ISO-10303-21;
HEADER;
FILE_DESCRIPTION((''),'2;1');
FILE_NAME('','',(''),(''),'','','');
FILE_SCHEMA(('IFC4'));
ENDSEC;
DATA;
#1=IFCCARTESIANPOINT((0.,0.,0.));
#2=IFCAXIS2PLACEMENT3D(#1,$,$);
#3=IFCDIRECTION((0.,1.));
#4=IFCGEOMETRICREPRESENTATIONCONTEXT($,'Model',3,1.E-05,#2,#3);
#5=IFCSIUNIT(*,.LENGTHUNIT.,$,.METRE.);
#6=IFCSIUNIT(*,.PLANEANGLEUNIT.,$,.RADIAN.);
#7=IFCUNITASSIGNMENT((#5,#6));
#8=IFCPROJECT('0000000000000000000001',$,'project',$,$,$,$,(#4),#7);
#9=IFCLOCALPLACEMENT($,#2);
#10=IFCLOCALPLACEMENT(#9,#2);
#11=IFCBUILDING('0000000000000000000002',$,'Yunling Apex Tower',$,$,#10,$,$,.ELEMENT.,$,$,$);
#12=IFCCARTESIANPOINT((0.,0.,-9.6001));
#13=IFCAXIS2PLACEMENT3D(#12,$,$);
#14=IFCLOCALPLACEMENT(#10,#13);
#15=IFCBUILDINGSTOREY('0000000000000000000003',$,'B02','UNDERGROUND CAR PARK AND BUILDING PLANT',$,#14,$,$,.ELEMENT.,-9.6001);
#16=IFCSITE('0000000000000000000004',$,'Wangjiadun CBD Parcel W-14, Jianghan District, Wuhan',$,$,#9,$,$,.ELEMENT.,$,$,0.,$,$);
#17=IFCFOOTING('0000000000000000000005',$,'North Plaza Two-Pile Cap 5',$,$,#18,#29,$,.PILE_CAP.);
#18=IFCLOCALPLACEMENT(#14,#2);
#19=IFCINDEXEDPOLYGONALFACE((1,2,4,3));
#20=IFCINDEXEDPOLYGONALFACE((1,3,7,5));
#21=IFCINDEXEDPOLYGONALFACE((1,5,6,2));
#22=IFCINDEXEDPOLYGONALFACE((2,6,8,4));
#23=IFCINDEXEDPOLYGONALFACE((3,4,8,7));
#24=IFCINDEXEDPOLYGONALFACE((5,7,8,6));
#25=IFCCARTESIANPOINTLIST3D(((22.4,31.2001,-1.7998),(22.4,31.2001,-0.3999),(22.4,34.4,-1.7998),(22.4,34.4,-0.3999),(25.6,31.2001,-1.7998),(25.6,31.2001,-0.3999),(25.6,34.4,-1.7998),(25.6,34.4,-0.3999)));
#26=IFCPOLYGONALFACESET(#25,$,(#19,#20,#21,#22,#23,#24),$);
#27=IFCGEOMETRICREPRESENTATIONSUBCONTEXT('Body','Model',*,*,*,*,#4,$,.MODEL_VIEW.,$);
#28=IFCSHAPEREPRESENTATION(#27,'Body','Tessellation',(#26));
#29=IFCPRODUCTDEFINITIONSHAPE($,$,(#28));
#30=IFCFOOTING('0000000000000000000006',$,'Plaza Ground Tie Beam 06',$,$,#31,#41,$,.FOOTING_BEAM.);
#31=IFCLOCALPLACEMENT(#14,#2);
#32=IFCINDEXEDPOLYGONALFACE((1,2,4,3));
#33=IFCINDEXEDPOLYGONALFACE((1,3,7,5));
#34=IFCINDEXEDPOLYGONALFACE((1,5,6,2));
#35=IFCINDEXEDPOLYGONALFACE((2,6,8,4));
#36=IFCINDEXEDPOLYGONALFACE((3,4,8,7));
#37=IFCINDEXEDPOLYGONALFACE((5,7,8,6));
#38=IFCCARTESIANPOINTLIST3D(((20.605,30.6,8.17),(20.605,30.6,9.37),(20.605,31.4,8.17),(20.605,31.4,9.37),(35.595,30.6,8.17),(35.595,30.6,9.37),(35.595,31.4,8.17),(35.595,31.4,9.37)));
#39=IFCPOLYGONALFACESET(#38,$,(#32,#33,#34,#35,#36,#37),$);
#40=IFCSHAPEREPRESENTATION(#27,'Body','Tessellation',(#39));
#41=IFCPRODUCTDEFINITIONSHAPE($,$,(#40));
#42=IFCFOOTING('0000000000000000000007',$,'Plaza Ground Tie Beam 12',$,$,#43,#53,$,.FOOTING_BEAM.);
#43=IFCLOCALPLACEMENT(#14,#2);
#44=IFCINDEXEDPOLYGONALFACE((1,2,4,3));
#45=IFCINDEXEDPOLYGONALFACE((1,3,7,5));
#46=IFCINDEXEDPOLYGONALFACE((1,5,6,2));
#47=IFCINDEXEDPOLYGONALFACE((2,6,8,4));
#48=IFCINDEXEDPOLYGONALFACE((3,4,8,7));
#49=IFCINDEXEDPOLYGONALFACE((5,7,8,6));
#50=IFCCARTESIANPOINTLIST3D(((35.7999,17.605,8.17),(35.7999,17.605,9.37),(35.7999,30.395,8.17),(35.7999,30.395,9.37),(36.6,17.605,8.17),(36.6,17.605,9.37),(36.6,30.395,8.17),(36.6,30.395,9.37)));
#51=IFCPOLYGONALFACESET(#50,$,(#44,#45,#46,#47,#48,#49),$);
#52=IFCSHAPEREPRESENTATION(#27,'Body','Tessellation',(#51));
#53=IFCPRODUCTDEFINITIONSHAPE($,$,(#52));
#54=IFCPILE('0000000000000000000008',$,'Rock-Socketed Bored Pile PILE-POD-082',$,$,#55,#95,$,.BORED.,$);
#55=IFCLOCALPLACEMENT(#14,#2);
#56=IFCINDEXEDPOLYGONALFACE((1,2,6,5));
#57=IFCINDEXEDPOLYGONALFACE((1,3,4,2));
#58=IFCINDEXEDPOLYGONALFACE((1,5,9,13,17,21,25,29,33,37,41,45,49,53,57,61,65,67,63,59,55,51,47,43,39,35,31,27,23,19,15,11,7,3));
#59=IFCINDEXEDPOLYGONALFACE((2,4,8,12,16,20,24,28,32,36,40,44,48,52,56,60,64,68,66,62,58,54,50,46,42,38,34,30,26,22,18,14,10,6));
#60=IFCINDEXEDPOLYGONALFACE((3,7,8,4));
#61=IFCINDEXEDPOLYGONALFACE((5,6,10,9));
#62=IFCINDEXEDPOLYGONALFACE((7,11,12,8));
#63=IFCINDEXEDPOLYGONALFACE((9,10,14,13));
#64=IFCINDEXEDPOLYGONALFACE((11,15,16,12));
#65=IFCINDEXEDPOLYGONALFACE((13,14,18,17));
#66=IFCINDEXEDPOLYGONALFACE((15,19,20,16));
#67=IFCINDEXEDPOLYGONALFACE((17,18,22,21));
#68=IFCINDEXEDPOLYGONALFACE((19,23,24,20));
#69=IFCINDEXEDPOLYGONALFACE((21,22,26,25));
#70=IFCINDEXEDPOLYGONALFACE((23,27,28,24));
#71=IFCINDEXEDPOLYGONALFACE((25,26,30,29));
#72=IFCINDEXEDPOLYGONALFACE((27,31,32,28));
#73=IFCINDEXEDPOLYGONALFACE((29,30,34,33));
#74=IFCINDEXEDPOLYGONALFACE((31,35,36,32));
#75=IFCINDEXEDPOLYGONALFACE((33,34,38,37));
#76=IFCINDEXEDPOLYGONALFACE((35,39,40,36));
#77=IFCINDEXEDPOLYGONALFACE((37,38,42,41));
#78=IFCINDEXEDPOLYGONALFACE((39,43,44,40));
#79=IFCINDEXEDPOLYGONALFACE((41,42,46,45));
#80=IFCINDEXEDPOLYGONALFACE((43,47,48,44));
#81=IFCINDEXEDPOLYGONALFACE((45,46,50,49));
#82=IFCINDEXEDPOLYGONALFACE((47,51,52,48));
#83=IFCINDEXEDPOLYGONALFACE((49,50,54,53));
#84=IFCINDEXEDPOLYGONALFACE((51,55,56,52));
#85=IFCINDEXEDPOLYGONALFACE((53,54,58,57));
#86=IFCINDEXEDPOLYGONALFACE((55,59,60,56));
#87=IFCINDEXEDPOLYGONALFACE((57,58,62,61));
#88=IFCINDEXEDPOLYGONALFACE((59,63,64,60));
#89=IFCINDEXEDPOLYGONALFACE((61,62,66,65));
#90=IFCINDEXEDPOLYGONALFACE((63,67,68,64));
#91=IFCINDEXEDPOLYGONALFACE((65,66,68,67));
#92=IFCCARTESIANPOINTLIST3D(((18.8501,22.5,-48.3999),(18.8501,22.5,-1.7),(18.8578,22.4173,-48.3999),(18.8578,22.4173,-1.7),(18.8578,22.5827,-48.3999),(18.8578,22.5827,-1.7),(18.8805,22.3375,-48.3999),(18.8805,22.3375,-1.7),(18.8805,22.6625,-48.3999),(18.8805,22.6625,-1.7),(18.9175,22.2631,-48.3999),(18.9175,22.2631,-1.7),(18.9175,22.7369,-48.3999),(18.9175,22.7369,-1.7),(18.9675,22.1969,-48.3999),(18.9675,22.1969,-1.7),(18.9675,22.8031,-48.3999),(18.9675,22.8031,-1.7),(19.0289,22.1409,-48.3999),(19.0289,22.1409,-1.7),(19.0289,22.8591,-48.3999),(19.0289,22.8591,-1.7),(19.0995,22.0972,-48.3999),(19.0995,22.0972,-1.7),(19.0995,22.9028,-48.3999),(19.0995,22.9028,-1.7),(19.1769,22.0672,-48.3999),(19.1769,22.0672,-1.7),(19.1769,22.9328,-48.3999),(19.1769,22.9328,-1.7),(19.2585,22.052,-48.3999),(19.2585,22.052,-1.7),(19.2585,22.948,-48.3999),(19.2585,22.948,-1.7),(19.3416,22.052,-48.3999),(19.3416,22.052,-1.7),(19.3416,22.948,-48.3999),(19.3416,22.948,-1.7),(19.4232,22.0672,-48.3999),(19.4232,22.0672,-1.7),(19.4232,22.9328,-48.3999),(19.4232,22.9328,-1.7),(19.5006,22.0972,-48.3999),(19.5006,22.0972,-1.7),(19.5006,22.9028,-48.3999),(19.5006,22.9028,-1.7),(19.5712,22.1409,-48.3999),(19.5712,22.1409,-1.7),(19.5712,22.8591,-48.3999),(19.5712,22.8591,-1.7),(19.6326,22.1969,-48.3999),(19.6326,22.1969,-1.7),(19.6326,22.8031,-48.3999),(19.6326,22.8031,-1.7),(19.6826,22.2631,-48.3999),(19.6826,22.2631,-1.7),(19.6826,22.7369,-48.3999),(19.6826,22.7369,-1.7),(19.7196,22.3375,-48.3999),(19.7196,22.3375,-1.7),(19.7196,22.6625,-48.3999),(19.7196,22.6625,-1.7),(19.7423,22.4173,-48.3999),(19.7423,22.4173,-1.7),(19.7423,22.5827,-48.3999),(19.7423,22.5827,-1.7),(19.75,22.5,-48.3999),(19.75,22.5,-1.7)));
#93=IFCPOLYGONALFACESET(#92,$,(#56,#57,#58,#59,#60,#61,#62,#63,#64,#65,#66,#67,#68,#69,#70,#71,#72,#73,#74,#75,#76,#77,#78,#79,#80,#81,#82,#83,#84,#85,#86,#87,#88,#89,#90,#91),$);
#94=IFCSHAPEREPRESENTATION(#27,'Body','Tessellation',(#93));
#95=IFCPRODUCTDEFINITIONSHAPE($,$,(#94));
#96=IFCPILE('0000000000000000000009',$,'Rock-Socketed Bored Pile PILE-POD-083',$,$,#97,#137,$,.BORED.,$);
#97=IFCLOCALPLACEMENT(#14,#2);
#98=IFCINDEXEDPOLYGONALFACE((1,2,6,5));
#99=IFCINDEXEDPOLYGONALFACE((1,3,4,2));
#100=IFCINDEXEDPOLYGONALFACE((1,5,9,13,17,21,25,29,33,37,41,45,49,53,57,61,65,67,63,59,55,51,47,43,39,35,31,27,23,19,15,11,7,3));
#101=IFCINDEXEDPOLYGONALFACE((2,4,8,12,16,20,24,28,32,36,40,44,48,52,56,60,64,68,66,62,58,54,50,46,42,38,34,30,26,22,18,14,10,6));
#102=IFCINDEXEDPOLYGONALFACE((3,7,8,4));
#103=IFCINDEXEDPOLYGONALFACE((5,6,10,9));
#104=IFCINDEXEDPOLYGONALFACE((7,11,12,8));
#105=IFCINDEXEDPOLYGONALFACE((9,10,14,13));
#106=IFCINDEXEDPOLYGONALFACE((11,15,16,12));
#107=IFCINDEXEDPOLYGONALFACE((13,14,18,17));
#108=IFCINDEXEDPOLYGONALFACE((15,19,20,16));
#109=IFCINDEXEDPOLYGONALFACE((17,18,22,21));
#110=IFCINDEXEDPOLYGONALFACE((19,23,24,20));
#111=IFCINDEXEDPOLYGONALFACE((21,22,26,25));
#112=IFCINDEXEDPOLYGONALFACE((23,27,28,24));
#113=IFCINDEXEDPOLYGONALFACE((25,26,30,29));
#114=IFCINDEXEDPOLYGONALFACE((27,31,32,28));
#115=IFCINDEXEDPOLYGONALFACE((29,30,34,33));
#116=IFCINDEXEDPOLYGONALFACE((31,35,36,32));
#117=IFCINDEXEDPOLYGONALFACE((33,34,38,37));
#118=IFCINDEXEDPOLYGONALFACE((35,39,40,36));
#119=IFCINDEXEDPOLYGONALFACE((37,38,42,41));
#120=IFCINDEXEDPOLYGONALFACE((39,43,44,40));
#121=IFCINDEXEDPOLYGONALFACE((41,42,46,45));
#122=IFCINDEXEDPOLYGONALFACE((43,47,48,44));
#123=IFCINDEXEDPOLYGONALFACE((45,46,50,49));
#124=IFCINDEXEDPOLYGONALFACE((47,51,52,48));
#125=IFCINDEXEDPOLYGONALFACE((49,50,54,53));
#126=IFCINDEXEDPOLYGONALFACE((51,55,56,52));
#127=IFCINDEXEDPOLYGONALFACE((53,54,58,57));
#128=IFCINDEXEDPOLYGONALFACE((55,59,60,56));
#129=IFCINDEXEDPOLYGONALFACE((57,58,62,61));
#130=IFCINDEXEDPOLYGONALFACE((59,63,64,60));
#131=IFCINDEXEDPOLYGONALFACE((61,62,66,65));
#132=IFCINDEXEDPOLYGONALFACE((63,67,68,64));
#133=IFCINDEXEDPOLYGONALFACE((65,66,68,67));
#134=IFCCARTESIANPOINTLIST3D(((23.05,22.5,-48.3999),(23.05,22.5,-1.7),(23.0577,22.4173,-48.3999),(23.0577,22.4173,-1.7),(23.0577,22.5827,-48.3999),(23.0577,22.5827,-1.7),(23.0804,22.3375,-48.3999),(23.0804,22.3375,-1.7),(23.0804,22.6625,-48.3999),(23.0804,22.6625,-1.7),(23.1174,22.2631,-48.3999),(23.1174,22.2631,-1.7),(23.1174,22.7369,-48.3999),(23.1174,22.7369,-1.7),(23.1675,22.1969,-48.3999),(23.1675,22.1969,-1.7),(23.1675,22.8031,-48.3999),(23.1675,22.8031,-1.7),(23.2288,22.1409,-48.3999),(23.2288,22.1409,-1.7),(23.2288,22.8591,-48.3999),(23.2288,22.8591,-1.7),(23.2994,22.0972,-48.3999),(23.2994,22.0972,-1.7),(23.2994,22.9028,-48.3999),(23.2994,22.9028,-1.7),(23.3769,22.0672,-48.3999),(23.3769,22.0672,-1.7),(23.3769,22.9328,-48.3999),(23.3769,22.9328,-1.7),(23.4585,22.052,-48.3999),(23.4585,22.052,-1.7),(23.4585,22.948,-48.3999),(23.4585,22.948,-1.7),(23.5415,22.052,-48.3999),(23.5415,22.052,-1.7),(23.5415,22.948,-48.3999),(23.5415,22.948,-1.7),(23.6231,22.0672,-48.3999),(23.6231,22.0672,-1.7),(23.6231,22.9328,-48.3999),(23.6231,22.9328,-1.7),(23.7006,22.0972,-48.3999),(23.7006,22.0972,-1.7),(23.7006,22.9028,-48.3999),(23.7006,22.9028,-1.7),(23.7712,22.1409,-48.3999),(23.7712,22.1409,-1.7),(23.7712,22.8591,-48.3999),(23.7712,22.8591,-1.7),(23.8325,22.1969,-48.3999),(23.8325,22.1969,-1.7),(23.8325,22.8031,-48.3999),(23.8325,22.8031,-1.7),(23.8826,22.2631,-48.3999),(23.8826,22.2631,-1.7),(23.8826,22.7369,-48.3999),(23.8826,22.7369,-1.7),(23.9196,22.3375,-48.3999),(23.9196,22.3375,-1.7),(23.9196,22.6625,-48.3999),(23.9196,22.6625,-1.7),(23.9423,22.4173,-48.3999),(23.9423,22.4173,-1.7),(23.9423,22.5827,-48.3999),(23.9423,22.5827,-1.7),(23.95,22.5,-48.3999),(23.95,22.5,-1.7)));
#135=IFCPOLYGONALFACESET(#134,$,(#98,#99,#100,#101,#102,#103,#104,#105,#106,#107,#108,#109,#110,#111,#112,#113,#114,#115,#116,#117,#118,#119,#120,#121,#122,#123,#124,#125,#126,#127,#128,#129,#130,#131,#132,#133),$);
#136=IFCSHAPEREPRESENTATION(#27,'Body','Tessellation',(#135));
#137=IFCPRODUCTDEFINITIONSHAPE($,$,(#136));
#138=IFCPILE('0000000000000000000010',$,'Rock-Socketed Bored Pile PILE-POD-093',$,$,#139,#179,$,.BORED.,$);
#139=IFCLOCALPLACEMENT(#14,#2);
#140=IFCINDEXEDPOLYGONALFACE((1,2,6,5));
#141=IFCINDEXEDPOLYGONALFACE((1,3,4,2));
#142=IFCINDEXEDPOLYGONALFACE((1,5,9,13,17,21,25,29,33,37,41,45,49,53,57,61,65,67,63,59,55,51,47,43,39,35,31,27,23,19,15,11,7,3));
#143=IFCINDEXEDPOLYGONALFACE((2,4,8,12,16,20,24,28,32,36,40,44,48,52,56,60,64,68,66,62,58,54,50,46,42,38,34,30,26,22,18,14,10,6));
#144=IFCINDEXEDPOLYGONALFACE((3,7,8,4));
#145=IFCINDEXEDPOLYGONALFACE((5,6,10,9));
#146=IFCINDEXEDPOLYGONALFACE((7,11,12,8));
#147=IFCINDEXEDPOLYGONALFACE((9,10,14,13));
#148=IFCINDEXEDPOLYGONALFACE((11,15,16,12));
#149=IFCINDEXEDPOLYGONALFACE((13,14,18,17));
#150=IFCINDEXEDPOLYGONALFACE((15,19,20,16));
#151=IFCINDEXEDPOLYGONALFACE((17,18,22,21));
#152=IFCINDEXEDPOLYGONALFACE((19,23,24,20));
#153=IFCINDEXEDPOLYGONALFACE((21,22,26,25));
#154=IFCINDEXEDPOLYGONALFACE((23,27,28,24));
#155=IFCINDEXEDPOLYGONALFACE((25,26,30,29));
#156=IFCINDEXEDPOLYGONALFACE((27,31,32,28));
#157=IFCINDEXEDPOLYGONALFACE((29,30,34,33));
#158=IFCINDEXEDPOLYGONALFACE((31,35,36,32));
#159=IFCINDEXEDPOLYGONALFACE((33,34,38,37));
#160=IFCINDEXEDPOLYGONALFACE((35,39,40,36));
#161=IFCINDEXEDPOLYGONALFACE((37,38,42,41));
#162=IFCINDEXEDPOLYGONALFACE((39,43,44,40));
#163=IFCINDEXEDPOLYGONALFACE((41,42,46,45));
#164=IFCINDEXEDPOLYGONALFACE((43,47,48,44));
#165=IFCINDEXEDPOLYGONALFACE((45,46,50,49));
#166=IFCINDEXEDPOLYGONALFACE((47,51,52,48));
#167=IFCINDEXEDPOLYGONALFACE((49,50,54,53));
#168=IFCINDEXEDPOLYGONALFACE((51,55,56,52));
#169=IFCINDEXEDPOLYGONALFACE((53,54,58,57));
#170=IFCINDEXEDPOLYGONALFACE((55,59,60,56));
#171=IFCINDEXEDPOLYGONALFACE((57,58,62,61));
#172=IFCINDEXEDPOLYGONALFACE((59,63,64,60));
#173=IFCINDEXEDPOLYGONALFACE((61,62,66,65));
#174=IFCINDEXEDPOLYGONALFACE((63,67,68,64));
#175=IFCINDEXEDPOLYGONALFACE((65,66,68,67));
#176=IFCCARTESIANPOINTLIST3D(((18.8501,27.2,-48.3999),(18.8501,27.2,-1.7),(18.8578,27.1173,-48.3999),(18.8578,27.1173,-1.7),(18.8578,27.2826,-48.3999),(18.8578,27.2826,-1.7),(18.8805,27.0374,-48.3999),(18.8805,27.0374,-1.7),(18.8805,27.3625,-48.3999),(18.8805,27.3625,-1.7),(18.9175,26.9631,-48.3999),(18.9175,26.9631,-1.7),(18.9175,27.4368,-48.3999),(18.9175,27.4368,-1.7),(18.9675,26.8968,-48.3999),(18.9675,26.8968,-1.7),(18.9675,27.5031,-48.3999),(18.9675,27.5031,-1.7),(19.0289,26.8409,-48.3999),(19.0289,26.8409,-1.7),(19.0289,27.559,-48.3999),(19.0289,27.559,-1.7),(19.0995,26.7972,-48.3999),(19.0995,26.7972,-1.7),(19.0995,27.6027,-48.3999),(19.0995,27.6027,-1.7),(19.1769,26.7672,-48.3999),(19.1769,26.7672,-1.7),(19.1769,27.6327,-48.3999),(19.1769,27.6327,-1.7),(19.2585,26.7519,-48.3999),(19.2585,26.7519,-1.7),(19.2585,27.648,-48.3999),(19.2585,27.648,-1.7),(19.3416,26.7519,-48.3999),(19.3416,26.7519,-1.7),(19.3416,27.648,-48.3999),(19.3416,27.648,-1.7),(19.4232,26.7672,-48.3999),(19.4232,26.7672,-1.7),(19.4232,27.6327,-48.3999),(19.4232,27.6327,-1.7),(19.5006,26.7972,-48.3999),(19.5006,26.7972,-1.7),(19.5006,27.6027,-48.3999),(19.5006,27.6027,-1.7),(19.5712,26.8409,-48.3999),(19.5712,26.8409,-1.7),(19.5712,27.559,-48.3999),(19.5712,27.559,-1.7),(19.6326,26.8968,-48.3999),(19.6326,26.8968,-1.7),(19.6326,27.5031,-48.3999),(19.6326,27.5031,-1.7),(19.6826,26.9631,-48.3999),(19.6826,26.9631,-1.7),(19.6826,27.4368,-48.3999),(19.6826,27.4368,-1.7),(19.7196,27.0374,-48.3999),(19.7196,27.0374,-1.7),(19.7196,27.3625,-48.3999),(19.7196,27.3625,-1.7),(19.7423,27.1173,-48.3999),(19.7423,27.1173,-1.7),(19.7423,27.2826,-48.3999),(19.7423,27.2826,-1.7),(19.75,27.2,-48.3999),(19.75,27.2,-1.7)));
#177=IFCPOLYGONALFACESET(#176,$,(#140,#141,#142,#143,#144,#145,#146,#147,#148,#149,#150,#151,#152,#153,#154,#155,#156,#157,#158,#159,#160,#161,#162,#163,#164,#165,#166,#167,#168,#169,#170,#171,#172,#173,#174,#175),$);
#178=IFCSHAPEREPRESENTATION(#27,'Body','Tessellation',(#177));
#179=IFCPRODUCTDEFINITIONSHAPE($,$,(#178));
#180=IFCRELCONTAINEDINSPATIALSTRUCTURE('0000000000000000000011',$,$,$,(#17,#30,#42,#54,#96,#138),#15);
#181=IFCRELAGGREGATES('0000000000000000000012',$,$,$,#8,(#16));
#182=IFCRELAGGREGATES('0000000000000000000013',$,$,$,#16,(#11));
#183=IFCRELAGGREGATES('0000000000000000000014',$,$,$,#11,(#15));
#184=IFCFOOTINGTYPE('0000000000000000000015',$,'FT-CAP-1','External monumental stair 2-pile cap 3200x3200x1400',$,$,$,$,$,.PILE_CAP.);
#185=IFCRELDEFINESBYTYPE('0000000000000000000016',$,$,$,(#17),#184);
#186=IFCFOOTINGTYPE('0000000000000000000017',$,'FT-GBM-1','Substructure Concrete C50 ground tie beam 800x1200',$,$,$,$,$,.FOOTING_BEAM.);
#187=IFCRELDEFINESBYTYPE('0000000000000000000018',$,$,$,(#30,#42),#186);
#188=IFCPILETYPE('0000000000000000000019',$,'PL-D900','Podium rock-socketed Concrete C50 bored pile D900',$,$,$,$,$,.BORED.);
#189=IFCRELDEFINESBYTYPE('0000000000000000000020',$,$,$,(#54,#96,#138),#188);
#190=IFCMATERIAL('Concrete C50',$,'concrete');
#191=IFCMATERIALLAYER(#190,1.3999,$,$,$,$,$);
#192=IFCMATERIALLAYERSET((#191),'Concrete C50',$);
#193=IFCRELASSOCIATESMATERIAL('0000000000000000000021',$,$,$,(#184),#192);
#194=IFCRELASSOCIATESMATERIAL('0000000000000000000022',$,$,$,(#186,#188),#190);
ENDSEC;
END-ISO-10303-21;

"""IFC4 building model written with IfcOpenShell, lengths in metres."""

from ifc_helpers import new_model, si_unit, direction, frame, origin, origin_2d, place, context, subcontext, project, spatial, rectangle, circle, extrude, source, transform, mapped, material, layer, layer_set, material_profile, profile_set, type_object, element, save


model = new_model("IFC4")

# Units and contexts
model_context = context("Model", 3, precision=1e-05, world=origin(), true_north=direction((0.0, 1.0)))
body_context = subcontext(model_context, "Body", "Model", "MODEL_VIEW")
ifc_project = project(units=[si_unit("LENGTHUNIT", "METRE"), si_unit("PLANEANGLEUNIT", "RADIAN")], contexts=[model_context])

# Site, building, storey
site_placement = place(None, origin())
site = spatial("IfcSite", under=ifc_project, at=site_placement, Name="Wangjiadun CBD Parcel W-14, Jianghan District, Wuhan", CompositionType="ELEMENT", RefElevation=0.0)
building_placement = place(site_placement, origin())
building = spatial("IfcBuilding", under=site, at=building_placement, Name="Yunling Apex Tower", CompositionType="ELEMENT")
storey_placement = place(building_placement, frame((0.0, 0.0, -9.6001)))
storey = spatial("IfcBuildingStorey", under=building, at=storey_placement, Name="B02", Description="UNDERGROUND CAR PARK AND BUILDING PLANT", CompositionType="ELEMENT", Elevation=-9.6001)

# Footings
ifc_material_1 = material(Name="Concrete C50", Category="concrete")
ifc_layer_1 = layer(ifc_material_1, 1.3999)
ifc_layer_set_1 = layer_set([ifc_layer_1], Name="Concrete C50")
footing_type_1 = type_object("IfcFootingType", Name="FT-CAP-1", Description="External monumental stair 2-pile cap 3200x3200x1400", PredefinedType="PILE_CAP", material=ifc_layer_set_1)
shared_shape_1 = source(origin(), body_context, "Body", "SweptSolid", [
    extrude(rectangle(XDim=3.2, YDim=3.2, at=origin_2d()), origin(), (0.0, 0.0, 1.0), 1.3999),
])
footing_1_placement = place(storey_placement, frame((24.0, 32.8, -1.7998), z_axis=(0.0, 0.0, 1.0), x_axis=(1.0, 0.0, 0.0)))
element("IfcFooting", 1, at=footing_1_placement, inside=storey, type_object=footing_type_1, Name="North Plaza Two-Pile Cap 5", PredefinedType="PILE_CAP", context=body_context, shape_type="MappedRepresentation", body=[
    mapped(shared_shape_1, transform((0.0, 0.0, 0.0), scale=1.0)),
])
ifc_material_profile_1 = material_profile(ifc_material_1, rectangle(XDim=0.8, YDim=1.2, at=origin_2d()))
ifc_profile_set_1 = profile_set([ifc_material_profile_1], Name="Concrete C50")
footing_type_2 = type_object("IfcFootingType", Name="FT-GBM-1", Description="Substructure Concrete C50 ground tie beam 800x1200", PredefinedType="FOOTING_BEAM", material=ifc_profile_set_1)
shared_shape_2 = source(origin(), body_context, "Body", "SweptSolid", [
    extrude(rectangle(XDim=0.8, YDim=1.2, at=origin_2d()), origin(), (0.0, 0.0, 1.0), 14.99),
])
footing_2_placement = place(storey_placement, frame((20.605, 31.0, 8.77), z_axis=(1.0, 0.0, 0.0), x_axis=(0.0, 1.0, 0.0)))
element("IfcFooting", 2, at=footing_2_placement, inside=storey, type_object=footing_type_2, Name="Plaza Ground Tie Beam 06", PredefinedType="FOOTING_BEAM", context=body_context, shape_type="MappedRepresentation", body=[
    mapped(shared_shape_2, transform((0.0, 0.0, 0.0), scale=1.0)),
])
shared_shape_3 = source(origin(), body_context, "Body", "SweptSolid", [
    extrude(rectangle(XDim=0.8, YDim=1.2, at=origin_2d()), origin(), (0.0, 0.0, 1.0), 12.79),
])
footing_3_placement = place(storey_placement, frame((36.2, 17.605, 8.77), z_axis=(0.0, 1.0, 0.0), x_axis=(-1.0, 0.0, 0.0)))
element("IfcFooting", 3, at=footing_3_placement, inside=storey, type_object=footing_type_2, Name="Plaza Ground Tie Beam 12", PredefinedType="FOOTING_BEAM", context=body_context, shape_type="MappedRepresentation", body=[
    mapped(shared_shape_3, transform((0.0, 0.0, 0.0), scale=1.0)),
])

# Piles
ifc_material_profile_2 = material_profile(ifc_material_1, circle(Radius=0.45, at=origin_2d()))
ifc_profile_set_2 = profile_set([ifc_material_profile_2], Name="Concrete C50")
pile_type_1 = type_object("IfcPileType", Name="PL-D900", Description="Podium rock-socketed Concrete C50 bored pile D900", PredefinedType="BORED", material=ifc_profile_set_2)
shared_shape_4 = source(origin(), body_context, "Body", "SweptSolid", [
    extrude(circle(Radius=0.45, at=origin_2d()), origin(), (0.0, 0.0, 1.0), 46.7),
])
for number, where, z_axis, x_axis, name in (
    (4, (19.3, 22.5, -1.7), (0.0, 0.0, -1.0), (1.0, 0.0, 0.0), "Rock-Socketed Bored Pile PILE-POD-082"),
    (5, (23.5, 22.5, -1.7), (0.0, 0.0, -1.0), (1.0, 0.0, 0.0), "Rock-Socketed Bored Pile PILE-POD-083"),
    (6, (19.3, 27.2, -1.7), (0.0, 0.0, -1.0), (1.0, 0.0, 0.0), "Rock-Socketed Bored Pile PILE-POD-093"),
):
    element("IfcPile", number, at=place(storey_placement, frame(where, z_axis=z_axis, x_axis=x_axis)), inside=storey, type_object=pile_type_1, Name=name, PredefinedType="BORED", context=body_context, shape_type="MappedRepresentation", body=[
        mapped(shared_shape_4, transform((0.0, 0.0, 0.0), scale=1.0)),
    ])

save(model, "model.ifc")
